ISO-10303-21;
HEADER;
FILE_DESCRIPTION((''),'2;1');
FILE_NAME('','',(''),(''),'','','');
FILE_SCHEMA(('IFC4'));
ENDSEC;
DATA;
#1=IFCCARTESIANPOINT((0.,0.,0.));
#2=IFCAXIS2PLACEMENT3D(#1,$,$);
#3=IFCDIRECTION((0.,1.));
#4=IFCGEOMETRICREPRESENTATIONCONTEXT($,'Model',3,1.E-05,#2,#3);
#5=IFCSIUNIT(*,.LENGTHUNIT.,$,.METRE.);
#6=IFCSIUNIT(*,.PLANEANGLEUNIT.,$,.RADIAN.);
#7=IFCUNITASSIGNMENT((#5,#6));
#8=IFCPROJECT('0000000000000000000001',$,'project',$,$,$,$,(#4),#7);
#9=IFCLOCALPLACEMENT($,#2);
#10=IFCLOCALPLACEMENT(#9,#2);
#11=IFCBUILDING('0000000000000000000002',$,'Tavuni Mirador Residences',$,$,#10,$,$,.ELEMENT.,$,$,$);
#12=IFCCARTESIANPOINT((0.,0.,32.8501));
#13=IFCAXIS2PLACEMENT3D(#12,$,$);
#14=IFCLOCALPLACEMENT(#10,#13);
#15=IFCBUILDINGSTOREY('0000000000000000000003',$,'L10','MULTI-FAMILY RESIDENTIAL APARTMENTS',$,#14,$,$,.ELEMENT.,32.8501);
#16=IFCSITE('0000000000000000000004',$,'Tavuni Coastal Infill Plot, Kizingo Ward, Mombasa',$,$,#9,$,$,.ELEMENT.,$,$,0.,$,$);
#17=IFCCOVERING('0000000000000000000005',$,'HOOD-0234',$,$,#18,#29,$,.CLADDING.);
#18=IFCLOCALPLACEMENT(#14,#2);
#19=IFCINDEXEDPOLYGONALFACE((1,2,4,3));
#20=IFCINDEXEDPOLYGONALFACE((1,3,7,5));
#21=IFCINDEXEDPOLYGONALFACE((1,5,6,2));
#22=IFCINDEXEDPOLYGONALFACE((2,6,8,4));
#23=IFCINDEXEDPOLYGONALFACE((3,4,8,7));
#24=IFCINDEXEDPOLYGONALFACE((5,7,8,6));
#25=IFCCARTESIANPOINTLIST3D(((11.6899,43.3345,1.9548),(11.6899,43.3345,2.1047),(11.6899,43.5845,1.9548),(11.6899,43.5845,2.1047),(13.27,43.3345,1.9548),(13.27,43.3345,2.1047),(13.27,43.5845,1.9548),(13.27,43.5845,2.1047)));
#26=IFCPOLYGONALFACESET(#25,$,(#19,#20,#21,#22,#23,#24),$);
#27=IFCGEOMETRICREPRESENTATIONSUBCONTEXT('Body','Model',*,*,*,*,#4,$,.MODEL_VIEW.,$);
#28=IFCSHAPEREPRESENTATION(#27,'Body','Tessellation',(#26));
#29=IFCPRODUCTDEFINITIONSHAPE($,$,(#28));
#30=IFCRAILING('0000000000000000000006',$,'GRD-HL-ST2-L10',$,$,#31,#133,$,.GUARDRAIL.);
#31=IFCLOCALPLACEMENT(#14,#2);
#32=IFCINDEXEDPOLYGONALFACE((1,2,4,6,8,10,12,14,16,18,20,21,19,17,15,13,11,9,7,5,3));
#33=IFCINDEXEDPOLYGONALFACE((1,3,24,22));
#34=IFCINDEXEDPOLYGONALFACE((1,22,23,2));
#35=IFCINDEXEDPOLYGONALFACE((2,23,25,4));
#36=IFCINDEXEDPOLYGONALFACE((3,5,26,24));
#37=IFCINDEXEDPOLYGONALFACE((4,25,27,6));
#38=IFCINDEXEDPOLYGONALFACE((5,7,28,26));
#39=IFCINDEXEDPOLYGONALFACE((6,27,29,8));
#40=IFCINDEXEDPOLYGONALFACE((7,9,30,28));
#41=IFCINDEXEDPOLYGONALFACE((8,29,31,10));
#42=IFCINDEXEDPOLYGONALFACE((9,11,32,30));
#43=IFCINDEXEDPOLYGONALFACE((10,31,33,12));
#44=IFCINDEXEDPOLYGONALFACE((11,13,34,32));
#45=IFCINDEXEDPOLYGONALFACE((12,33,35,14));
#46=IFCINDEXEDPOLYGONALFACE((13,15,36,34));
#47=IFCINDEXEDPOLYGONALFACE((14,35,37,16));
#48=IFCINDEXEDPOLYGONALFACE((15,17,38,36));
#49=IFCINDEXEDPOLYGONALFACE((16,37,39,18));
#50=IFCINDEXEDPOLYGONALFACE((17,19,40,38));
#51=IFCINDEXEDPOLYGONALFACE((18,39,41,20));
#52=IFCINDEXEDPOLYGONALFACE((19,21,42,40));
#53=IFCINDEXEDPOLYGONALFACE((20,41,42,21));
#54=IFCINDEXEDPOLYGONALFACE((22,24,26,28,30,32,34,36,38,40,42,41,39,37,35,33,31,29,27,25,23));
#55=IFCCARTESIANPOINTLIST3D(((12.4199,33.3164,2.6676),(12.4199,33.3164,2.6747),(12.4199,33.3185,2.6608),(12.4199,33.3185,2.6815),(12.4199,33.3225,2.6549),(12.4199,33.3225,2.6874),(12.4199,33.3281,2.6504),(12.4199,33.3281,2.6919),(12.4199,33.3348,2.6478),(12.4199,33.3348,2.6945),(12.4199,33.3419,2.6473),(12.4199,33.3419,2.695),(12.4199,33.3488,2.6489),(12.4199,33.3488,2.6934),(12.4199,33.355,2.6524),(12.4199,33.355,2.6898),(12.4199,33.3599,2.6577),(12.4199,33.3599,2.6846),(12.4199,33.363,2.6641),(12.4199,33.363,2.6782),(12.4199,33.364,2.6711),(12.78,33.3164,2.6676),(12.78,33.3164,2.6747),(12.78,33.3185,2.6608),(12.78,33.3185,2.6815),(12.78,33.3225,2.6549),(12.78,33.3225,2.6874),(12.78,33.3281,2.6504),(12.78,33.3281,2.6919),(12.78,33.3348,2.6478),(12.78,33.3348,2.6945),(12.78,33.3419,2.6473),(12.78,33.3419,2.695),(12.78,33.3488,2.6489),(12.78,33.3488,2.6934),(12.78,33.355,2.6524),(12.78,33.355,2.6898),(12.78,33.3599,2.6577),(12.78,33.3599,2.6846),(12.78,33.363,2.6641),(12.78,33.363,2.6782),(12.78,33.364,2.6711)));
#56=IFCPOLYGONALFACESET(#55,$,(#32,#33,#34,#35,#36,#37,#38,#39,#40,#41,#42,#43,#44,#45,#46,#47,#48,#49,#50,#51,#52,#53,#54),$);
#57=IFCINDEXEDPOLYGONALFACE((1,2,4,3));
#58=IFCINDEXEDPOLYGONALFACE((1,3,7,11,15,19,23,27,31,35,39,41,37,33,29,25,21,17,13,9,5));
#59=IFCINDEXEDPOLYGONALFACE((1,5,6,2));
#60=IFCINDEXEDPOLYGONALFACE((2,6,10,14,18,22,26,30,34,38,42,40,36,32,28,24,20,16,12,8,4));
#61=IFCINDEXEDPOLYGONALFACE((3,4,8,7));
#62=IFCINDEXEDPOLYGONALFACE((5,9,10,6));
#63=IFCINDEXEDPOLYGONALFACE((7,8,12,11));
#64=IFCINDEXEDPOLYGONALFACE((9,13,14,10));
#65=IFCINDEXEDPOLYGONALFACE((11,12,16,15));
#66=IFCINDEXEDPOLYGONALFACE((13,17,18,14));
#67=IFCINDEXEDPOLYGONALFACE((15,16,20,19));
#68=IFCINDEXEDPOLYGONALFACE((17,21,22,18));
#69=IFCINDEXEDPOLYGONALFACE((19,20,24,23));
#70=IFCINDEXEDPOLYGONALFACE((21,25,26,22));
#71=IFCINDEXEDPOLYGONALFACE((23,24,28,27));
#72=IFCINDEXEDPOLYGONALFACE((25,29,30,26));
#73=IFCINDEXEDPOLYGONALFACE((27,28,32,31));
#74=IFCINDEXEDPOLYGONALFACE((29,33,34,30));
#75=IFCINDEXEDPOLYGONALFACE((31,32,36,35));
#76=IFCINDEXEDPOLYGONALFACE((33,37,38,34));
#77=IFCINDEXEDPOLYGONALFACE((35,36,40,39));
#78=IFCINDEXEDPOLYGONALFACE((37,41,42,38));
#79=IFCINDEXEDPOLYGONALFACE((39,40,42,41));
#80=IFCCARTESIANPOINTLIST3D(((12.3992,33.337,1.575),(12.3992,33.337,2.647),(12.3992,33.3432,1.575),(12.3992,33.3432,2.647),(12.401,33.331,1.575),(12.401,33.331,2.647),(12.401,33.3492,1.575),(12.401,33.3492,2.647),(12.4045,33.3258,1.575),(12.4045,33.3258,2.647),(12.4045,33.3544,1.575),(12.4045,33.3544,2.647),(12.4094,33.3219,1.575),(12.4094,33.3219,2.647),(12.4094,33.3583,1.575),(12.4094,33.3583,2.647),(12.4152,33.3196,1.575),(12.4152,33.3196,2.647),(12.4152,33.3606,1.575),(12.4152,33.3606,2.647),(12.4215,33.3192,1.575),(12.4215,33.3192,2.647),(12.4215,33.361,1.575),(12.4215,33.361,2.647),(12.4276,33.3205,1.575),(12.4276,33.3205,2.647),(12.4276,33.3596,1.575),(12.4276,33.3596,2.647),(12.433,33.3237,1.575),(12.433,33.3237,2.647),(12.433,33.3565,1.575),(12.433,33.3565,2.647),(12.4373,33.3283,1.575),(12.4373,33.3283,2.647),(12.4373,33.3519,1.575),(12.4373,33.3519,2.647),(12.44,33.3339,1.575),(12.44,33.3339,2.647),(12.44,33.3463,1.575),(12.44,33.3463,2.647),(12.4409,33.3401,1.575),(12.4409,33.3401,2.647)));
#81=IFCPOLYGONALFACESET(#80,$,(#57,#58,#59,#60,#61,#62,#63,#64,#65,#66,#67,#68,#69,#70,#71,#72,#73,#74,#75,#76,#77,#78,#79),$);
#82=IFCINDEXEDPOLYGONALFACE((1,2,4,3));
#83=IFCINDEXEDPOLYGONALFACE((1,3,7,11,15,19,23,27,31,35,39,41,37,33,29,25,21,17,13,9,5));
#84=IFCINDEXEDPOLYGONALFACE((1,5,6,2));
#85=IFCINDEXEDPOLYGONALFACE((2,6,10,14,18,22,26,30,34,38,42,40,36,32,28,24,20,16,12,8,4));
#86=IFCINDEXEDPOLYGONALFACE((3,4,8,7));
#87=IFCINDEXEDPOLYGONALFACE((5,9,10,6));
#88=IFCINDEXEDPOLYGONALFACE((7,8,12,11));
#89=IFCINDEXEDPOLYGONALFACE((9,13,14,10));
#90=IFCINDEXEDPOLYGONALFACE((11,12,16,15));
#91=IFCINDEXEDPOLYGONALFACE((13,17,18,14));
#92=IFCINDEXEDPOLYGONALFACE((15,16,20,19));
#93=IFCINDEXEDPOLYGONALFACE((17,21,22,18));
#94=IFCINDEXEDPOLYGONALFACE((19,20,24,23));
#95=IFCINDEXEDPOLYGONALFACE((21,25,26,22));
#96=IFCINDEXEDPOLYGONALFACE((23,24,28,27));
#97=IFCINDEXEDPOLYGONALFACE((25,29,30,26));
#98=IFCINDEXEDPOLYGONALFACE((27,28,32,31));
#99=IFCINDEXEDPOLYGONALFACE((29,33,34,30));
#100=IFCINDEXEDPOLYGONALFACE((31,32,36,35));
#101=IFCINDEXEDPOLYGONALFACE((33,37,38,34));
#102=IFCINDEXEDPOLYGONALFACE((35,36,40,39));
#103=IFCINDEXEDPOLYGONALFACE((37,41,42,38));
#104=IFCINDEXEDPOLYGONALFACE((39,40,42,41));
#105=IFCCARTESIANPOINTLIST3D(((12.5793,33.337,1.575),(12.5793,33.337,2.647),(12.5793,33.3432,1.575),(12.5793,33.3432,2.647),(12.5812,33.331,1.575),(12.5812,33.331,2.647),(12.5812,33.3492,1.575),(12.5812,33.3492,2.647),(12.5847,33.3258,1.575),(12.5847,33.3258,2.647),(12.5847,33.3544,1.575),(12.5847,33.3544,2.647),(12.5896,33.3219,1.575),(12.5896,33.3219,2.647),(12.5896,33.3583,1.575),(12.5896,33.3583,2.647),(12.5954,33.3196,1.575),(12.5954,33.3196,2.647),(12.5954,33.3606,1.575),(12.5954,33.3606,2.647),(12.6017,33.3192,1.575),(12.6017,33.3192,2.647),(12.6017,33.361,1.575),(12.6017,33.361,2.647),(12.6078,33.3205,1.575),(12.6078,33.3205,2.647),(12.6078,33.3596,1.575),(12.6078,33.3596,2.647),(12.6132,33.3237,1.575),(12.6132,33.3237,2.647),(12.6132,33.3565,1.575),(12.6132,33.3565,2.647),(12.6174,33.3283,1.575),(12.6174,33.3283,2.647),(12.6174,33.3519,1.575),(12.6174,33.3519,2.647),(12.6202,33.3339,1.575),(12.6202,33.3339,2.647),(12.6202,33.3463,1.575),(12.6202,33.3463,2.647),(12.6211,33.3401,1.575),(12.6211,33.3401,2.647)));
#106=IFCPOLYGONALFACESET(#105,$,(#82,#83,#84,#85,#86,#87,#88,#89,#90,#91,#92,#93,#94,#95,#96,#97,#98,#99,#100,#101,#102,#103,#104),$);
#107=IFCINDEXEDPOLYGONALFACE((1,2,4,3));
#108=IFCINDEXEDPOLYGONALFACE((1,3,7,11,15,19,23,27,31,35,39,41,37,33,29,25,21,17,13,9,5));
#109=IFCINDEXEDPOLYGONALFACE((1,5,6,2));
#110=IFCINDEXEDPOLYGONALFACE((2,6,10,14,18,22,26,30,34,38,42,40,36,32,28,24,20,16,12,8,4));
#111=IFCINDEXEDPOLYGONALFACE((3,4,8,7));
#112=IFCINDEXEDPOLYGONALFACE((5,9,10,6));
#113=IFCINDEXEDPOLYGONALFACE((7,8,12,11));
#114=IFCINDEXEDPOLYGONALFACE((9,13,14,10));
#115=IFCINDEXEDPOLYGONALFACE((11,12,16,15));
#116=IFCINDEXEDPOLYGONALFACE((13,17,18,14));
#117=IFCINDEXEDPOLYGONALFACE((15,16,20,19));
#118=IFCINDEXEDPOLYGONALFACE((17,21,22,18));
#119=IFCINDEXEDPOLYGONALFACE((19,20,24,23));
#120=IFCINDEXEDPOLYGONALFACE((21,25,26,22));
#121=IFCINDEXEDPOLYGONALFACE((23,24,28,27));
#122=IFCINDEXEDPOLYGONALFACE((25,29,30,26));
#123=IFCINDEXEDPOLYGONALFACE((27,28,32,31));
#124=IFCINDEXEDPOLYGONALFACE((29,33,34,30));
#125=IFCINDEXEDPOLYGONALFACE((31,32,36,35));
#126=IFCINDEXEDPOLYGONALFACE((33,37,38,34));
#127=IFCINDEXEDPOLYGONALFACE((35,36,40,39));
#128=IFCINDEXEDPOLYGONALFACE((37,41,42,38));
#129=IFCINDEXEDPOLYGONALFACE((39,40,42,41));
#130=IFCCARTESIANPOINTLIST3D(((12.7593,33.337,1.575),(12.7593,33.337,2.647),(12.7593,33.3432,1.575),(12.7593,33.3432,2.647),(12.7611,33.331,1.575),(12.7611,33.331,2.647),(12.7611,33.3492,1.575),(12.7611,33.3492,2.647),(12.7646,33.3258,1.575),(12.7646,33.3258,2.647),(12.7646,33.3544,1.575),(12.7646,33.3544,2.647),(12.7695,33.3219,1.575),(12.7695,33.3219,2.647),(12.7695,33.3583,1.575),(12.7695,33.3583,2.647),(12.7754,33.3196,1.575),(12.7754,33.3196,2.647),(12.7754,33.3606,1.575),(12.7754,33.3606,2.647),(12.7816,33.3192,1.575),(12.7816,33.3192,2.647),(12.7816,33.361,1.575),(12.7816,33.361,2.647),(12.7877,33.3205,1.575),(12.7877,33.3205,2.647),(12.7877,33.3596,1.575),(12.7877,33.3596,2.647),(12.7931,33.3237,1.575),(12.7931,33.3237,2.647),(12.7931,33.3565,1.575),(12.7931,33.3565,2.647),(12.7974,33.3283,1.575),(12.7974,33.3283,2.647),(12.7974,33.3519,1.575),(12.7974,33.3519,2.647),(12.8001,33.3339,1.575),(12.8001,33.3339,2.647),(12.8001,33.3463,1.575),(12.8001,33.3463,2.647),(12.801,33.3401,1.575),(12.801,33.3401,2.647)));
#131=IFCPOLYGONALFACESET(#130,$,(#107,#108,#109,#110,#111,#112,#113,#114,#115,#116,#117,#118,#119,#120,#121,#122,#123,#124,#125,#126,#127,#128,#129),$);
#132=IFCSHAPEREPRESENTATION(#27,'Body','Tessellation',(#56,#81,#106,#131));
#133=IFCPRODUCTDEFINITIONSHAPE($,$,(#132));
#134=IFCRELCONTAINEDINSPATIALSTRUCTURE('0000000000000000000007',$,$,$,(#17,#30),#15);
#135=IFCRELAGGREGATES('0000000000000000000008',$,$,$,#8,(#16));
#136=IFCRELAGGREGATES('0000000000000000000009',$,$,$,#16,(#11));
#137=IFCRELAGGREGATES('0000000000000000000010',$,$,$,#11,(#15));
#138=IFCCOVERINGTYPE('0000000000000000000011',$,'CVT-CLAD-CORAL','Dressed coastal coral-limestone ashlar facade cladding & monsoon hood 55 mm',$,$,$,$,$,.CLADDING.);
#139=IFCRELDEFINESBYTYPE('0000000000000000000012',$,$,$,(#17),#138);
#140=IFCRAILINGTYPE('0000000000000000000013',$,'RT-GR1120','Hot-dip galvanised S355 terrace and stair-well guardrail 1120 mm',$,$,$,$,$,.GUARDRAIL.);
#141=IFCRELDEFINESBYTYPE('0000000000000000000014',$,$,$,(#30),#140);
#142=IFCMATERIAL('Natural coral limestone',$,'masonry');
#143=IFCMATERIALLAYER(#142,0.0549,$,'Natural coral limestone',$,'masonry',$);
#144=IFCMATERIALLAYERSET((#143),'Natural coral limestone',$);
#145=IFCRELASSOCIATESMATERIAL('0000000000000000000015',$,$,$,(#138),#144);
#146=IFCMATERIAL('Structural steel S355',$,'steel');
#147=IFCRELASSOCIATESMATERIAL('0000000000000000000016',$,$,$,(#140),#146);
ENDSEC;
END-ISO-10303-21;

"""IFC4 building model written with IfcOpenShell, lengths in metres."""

from ifc_helpers import new_model, si_unit, direction, frame, origin, origin_2d, place, context, subcontext, project, spatial, rectangle, circle, extrude, material, layer, layer_set, type_object, element, save


model = new_model("IFC4")

# Units and contexts
model_context = context("Model", 3, precision=1e-05, world=origin(), true_north=direction((0.0, 1.0)))
body_context = subcontext(model_context, "Body", "Model", "MODEL_VIEW")
ifc_project = project(units=[si_unit("LENGTHUNIT", "METRE"), si_unit("PLANEANGLEUNIT", "RADIAN")], contexts=[model_context])

# Site, building, storey
site_placement = place(None, origin())
site = spatial("IfcSite", under=ifc_project, at=site_placement, Name="Tavuni Coastal Infill Plot, Kizingo Ward, Mombasa", CompositionType="ELEMENT", RefElevation=0.0)
building_placement = place(site_placement, origin())
building = spatial("IfcBuilding", under=site, at=building_placement, Name="Tavuni Mirador Residences", CompositionType="ELEMENT")
storey_placement = place(building_placement, frame((0.0, 0.0, 32.8501)))
storey = spatial("IfcBuildingStorey", under=building, at=storey_placement, Name="L10", Description="MULTI-FAMILY RESIDENTIAL APARTMENTS", CompositionType="ELEMENT", Elevation=32.8501)

# Shared definitions
ifc_material_1 = material(Name="Structural steel S355", Category="steel")

# Covering
ifc_material_2 = material(Name="Natural coral limestone", Category="masonry")
ifc_layer_1 = layer(ifc_material_2, 0.0549, Name="Natural coral limestone", Category="masonry")
ifc_layer_set_1 = layer_set([ifc_layer_1], Name="Natural coral limestone")
covering_type = type_object("IfcCoveringType", Name="CVT-CLAD-CORAL", Description="Dressed coastal coral-limestone ashlar facade cladding & monsoon hood 55 mm", PredefinedType="CLADDING", material=ifc_layer_set_1)
covering_1_placement = place(storey_placement, frame((12.48, 43.4595, 1.9548), z_axis=(0.0, 0.0, 1.0), x_axis=(-1.0, 0.0, 0.0)))
element("IfcCovering", 1, at=covering_1_placement, inside=storey, type_object=covering_type, Name="HOOD-0234", PredefinedType="CLADDING", context=body_context, shape_type="SweptSolid", body=[
    extrude(rectangle(XDim=1.5801, YDim=0.25, at=origin_2d()), origin(), (0.0, 0.0, 1.0), 0.1499),
])

# Railing
railing_type_1 = type_object("IfcRailingType", Name="RT-GR1120", Description="Hot-dip galvanised S355 terrace and stair-well guardrail 1120 mm", PredefinedType="GUARDRAIL", material=ifc_material_1)
railing_1_placement = place(storey_placement, frame((12.4199, 33.3401, 1.575)))
element("IfcRailing", 2, at=railing_1_placement, inside=storey, type_object=railing_type_1, Name="GRD-HL-ST2-L10", PredefinedType="GUARDRAIL", context=body_context, shape_type="SweptSolid", body=[
    extrude(circle(Radius=0.0239, at=origin_2d()), frame((0.0, 0.0, 1.0962), z_axis=(1.0, 0.0, 0.0), x_axis=(0.0, 1.0, 0.0)), (0.0, 0.0, 1.0), 0.3601),
    extrude(circle(Radius=0.021, at=origin_2d()), origin(), (0.0, 0.0, 1.0), 1.072),
    extrude(circle(Radius=0.021, at=origin_2d()), frame((0.1802, 0.0, 0.0)), (0.0, 0.0, 1.0), 1.072),
    extrude(circle(Radius=0.021, at=origin_2d()), frame((0.3601, 0.0, 0.0)), (0.0, 0.0, 1.0), 1.072),
])

save(model, "model.ifc")
